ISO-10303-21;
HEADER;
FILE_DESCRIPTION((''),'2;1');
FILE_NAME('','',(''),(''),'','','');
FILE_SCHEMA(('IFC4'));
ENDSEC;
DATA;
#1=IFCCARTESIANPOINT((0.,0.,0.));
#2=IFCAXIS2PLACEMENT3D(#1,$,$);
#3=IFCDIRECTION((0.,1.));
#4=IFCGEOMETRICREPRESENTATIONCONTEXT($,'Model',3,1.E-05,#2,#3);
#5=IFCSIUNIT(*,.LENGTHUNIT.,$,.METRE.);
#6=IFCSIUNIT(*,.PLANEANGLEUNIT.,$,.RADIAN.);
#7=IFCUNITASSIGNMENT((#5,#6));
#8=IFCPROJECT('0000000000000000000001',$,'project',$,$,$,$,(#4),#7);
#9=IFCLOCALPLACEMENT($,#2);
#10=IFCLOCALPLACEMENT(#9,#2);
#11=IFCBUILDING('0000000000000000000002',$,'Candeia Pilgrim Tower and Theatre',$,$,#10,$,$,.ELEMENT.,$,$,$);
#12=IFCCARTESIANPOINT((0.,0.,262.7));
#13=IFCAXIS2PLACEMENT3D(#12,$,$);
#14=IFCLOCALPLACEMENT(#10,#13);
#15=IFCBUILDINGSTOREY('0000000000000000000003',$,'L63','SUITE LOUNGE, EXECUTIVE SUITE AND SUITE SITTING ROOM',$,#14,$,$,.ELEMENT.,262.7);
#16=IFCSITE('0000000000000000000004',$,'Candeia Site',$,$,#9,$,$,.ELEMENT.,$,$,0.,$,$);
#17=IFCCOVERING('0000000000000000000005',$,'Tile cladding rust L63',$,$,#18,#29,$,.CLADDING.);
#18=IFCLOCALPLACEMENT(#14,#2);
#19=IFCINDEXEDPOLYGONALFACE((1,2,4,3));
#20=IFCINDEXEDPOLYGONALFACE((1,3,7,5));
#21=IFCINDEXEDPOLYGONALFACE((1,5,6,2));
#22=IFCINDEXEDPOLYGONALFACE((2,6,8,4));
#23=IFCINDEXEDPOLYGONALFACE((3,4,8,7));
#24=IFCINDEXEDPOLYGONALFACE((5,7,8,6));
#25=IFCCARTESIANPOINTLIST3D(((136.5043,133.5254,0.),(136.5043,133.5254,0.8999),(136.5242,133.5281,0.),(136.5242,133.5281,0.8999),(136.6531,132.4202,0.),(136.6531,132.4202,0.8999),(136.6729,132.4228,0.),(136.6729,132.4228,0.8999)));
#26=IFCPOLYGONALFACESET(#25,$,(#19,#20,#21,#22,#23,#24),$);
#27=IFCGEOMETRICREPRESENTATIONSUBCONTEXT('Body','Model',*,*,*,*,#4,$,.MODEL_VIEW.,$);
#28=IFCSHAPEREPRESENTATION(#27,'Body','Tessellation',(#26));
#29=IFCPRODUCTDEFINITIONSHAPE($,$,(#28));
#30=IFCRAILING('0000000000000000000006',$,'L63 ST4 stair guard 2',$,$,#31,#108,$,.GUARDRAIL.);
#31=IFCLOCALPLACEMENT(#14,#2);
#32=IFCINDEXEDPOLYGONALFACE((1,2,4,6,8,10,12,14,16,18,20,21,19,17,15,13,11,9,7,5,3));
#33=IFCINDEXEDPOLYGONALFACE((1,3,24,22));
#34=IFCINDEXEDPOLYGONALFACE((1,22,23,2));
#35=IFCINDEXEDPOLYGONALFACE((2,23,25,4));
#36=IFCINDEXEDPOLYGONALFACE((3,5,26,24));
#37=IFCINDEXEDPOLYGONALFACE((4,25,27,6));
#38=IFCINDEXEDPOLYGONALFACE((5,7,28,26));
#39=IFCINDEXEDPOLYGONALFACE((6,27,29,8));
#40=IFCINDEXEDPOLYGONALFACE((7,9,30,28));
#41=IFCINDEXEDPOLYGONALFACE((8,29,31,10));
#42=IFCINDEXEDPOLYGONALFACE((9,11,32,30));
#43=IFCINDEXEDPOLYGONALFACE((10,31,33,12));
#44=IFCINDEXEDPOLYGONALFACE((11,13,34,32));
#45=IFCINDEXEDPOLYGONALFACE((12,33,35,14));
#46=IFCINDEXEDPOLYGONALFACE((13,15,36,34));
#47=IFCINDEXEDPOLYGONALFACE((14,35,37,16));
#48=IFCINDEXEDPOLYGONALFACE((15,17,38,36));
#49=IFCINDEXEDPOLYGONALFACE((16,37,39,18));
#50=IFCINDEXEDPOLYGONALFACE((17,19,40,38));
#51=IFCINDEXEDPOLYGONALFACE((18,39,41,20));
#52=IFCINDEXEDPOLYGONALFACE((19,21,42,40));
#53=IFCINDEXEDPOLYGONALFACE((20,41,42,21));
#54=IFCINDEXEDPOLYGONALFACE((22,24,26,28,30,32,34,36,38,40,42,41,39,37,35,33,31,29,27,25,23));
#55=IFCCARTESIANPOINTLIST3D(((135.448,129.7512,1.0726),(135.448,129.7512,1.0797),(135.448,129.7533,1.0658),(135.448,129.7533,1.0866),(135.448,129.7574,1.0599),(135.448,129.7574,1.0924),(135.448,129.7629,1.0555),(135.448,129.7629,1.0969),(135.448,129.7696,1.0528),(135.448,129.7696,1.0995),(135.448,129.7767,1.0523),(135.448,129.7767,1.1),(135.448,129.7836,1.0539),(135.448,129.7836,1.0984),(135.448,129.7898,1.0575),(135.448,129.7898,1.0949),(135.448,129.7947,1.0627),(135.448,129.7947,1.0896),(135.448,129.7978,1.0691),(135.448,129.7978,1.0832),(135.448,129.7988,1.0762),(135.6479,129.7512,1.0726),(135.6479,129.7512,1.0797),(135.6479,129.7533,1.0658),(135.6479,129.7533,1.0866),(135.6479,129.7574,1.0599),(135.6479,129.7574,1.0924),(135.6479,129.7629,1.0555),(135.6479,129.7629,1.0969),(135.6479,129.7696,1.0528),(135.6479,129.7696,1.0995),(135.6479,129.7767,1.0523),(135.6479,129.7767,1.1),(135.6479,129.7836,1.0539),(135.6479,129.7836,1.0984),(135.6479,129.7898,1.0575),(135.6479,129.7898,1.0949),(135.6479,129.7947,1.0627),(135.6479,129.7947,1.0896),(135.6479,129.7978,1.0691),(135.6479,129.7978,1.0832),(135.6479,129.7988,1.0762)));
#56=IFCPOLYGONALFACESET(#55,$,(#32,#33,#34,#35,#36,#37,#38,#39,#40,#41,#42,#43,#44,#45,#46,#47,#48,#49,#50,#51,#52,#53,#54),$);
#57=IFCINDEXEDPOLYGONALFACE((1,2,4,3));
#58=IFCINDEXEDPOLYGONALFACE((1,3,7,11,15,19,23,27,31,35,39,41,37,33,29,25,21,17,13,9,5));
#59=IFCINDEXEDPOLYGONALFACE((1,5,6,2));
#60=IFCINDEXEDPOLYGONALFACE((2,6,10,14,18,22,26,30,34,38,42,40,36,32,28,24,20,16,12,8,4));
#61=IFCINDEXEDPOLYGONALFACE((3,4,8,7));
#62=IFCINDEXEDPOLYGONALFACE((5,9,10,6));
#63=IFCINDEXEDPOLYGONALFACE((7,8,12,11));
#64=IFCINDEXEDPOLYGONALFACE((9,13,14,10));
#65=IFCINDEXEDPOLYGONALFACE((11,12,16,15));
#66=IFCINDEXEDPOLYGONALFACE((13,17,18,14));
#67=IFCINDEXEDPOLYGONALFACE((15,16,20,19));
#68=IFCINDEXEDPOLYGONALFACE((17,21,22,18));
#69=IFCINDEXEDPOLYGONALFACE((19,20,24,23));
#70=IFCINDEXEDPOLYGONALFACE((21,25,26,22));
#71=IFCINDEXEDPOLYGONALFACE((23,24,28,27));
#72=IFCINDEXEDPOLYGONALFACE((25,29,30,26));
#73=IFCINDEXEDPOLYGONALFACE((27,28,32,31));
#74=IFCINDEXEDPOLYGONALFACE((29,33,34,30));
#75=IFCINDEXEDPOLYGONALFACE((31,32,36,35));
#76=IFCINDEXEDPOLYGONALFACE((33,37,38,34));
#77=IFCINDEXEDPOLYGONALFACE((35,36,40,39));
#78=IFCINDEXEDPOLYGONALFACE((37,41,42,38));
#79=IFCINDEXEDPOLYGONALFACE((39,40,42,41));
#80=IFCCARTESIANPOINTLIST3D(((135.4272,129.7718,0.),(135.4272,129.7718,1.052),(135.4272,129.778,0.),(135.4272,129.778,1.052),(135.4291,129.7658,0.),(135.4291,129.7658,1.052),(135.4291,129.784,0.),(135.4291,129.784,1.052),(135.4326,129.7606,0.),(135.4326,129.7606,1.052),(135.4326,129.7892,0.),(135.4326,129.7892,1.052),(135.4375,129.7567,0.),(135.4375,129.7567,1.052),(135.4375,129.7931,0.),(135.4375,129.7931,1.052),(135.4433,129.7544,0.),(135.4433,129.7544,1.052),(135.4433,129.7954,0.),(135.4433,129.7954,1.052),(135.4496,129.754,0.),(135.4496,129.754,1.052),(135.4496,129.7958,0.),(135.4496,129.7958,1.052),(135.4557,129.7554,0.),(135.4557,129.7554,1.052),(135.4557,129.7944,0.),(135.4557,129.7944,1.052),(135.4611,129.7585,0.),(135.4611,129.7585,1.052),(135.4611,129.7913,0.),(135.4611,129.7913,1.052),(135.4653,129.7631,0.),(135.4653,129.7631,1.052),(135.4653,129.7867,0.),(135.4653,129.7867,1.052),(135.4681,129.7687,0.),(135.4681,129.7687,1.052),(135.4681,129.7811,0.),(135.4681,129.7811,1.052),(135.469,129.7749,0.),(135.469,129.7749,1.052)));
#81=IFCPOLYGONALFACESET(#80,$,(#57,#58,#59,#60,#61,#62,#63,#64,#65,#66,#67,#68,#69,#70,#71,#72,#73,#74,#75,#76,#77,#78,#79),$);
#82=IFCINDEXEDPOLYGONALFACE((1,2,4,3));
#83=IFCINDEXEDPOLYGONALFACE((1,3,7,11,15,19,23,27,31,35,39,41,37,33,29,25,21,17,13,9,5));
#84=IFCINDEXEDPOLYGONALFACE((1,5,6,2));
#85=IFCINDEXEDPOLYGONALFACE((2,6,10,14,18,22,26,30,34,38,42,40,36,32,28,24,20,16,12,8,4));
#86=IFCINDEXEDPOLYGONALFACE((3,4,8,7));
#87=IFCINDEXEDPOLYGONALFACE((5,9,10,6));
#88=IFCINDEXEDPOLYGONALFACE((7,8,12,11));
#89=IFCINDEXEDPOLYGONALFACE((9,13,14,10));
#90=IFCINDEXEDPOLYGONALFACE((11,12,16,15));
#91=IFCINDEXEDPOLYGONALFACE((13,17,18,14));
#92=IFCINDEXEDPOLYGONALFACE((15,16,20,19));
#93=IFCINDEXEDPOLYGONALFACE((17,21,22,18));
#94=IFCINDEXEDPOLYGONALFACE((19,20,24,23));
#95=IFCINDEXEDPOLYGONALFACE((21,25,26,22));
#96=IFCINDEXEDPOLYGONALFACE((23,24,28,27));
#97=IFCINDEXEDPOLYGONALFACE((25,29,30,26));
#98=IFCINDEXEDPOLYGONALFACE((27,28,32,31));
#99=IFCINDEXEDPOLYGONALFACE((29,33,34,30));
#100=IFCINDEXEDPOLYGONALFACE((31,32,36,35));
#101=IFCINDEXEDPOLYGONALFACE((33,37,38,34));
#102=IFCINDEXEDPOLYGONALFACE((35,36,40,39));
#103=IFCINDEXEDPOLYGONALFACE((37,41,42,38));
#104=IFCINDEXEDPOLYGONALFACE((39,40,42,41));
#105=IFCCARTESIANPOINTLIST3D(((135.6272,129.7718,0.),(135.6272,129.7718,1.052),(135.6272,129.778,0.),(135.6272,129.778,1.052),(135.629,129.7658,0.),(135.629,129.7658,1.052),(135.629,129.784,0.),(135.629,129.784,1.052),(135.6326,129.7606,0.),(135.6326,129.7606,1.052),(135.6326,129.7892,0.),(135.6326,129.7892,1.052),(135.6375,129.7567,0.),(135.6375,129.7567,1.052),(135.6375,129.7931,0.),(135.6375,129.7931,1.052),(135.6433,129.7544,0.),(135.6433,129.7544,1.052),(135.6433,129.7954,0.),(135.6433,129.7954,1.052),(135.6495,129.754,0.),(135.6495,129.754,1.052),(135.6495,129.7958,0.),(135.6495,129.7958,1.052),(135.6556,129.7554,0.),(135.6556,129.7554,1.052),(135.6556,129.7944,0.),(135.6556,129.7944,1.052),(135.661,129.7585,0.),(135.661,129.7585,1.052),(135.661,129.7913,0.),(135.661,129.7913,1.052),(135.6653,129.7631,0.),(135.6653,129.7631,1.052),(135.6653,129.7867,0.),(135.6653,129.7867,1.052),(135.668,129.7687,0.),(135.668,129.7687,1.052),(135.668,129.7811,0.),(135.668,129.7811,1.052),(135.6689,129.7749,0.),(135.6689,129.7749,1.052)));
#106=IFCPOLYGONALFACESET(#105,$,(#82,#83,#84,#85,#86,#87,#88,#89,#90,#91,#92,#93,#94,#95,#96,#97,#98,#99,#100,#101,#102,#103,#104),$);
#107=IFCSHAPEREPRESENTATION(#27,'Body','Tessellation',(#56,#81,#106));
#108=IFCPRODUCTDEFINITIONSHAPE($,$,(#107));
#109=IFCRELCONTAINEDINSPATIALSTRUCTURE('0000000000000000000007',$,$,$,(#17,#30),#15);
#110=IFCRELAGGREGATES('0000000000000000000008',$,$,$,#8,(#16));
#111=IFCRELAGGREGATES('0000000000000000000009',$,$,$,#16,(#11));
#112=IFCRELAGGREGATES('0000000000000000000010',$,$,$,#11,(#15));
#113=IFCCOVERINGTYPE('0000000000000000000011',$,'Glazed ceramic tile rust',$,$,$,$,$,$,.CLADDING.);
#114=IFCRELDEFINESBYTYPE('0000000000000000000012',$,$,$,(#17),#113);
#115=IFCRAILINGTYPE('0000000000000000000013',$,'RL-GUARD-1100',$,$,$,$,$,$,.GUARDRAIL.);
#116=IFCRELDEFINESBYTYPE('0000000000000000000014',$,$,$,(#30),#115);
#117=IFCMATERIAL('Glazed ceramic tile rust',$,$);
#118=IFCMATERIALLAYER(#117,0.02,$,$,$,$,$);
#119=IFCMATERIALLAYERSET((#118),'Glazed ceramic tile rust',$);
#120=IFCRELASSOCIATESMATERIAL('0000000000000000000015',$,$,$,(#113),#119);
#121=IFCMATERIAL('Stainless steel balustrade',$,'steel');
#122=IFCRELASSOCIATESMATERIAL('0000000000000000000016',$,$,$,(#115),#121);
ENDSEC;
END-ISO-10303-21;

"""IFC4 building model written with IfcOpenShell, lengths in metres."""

from ifc_helpers import new_model, si_unit, direction, frame, origin, origin_2d, place, context, subcontext, project, spatial, rectangle, circle, extrude, material, layer, layer_set, type_object, element, save


model = new_model("IFC4")

# Units and contexts
model_context = context("Model", 3, precision=1e-05, world=origin(), true_north=direction((0.0, 1.0)))
body_context = subcontext(model_context, "Body", "Model", "MODEL_VIEW")
ifc_project = project(units=[si_unit("LENGTHUNIT", "METRE"), si_unit("PLANEANGLEUNIT", "RADIAN")], contexts=[model_context])

# Site, building, storey
site_placement = place(None, origin())
site = spatial("IfcSite", under=ifc_project, at=site_placement, Name="Candeia Site", CompositionType="ELEMENT", RefElevation=0.0)
building_placement = place(site_placement, origin())
building = spatial("IfcBuilding", under=site, at=building_placement, Name="Candeia Pilgrim Tower and Theatre", CompositionType="ELEMENT")
storey_placement = place(building_placement, frame((0.0, 0.0, 262.7)))
storey = spatial("IfcBuildingStorey", under=building, at=storey_placement, Name="L63", Description="SUITE LOUNGE, EXECUTIVE SUITE AND SUITE SITTING ROOM", CompositionType="ELEMENT", Elevation=262.7)

# Covering
ifc_material_1 = material(Name="Glazed ceramic tile rust")
ifc_layer_1 = layer(ifc_material_1, 0.02)
ifc_layer_set_1 = layer_set([ifc_layer_1], Name="Glazed ceramic tile rust")
covering_type = type_object("IfcCoveringType", Name="Glazed ceramic tile rust", PredefinedType="CLADDING", material=ifc_layer_set_1)
covering_placement = place(storey_placement, frame((136.5886, 132.9741, 0.0), z_axis=(0.0, 0.0, 1.0), x_axis=(-0.133412, 0.991061, 0.0)))
element("IfcCovering", 1, at=covering_placement, inside=storey, type_object=covering_type, Name="Tile cladding rust L63", PredefinedType="CLADDING", context=body_context, shape_type="SweptSolid", body=[
    extrude(rectangle(XDim=1.1152, YDim=0.02, at=origin_2d()), origin(), (0.0, 0.0, 1.0), 0.8999),
])

# Railing
ifc_material_2 = material(Name="Stainless steel balustrade", Category="steel")
railing_type_1 = type_object("IfcRailingType", Name="RL-GUARD-1100", PredefinedType="GUARDRAIL", material=ifc_material_2)
railing_1_placement = place(storey_placement, frame((135.448, 129.7749, 0.0)))
element("IfcRailing", 2, at=railing_1_placement, inside=storey, type_object=railing_type_1, Name="L63 ST4 stair guard 2", PredefinedType="GUARDRAIL", context=body_context, shape_type="SweptSolid", body=[
    extrude(circle(Radius=0.0239, at=origin_2d()), frame((0.0, 0.0, 1.0762), z_axis=(1.0, 0.0, 0.0), x_axis=(0.0, 1.0, 0.0)), (0.0, 0.0, 1.0), 0.2),
    extrude(circle(Radius=0.021, at=origin_2d()), origin(), (0.0, 0.0, 1.0), 1.052),
    extrude(circle(Radius=0.021, at=origin_2d()), frame((0.2, 0.0, 0.0)), (0.0, 0.0, 1.0), 1.052),
])

save(model, "model.ifc")
